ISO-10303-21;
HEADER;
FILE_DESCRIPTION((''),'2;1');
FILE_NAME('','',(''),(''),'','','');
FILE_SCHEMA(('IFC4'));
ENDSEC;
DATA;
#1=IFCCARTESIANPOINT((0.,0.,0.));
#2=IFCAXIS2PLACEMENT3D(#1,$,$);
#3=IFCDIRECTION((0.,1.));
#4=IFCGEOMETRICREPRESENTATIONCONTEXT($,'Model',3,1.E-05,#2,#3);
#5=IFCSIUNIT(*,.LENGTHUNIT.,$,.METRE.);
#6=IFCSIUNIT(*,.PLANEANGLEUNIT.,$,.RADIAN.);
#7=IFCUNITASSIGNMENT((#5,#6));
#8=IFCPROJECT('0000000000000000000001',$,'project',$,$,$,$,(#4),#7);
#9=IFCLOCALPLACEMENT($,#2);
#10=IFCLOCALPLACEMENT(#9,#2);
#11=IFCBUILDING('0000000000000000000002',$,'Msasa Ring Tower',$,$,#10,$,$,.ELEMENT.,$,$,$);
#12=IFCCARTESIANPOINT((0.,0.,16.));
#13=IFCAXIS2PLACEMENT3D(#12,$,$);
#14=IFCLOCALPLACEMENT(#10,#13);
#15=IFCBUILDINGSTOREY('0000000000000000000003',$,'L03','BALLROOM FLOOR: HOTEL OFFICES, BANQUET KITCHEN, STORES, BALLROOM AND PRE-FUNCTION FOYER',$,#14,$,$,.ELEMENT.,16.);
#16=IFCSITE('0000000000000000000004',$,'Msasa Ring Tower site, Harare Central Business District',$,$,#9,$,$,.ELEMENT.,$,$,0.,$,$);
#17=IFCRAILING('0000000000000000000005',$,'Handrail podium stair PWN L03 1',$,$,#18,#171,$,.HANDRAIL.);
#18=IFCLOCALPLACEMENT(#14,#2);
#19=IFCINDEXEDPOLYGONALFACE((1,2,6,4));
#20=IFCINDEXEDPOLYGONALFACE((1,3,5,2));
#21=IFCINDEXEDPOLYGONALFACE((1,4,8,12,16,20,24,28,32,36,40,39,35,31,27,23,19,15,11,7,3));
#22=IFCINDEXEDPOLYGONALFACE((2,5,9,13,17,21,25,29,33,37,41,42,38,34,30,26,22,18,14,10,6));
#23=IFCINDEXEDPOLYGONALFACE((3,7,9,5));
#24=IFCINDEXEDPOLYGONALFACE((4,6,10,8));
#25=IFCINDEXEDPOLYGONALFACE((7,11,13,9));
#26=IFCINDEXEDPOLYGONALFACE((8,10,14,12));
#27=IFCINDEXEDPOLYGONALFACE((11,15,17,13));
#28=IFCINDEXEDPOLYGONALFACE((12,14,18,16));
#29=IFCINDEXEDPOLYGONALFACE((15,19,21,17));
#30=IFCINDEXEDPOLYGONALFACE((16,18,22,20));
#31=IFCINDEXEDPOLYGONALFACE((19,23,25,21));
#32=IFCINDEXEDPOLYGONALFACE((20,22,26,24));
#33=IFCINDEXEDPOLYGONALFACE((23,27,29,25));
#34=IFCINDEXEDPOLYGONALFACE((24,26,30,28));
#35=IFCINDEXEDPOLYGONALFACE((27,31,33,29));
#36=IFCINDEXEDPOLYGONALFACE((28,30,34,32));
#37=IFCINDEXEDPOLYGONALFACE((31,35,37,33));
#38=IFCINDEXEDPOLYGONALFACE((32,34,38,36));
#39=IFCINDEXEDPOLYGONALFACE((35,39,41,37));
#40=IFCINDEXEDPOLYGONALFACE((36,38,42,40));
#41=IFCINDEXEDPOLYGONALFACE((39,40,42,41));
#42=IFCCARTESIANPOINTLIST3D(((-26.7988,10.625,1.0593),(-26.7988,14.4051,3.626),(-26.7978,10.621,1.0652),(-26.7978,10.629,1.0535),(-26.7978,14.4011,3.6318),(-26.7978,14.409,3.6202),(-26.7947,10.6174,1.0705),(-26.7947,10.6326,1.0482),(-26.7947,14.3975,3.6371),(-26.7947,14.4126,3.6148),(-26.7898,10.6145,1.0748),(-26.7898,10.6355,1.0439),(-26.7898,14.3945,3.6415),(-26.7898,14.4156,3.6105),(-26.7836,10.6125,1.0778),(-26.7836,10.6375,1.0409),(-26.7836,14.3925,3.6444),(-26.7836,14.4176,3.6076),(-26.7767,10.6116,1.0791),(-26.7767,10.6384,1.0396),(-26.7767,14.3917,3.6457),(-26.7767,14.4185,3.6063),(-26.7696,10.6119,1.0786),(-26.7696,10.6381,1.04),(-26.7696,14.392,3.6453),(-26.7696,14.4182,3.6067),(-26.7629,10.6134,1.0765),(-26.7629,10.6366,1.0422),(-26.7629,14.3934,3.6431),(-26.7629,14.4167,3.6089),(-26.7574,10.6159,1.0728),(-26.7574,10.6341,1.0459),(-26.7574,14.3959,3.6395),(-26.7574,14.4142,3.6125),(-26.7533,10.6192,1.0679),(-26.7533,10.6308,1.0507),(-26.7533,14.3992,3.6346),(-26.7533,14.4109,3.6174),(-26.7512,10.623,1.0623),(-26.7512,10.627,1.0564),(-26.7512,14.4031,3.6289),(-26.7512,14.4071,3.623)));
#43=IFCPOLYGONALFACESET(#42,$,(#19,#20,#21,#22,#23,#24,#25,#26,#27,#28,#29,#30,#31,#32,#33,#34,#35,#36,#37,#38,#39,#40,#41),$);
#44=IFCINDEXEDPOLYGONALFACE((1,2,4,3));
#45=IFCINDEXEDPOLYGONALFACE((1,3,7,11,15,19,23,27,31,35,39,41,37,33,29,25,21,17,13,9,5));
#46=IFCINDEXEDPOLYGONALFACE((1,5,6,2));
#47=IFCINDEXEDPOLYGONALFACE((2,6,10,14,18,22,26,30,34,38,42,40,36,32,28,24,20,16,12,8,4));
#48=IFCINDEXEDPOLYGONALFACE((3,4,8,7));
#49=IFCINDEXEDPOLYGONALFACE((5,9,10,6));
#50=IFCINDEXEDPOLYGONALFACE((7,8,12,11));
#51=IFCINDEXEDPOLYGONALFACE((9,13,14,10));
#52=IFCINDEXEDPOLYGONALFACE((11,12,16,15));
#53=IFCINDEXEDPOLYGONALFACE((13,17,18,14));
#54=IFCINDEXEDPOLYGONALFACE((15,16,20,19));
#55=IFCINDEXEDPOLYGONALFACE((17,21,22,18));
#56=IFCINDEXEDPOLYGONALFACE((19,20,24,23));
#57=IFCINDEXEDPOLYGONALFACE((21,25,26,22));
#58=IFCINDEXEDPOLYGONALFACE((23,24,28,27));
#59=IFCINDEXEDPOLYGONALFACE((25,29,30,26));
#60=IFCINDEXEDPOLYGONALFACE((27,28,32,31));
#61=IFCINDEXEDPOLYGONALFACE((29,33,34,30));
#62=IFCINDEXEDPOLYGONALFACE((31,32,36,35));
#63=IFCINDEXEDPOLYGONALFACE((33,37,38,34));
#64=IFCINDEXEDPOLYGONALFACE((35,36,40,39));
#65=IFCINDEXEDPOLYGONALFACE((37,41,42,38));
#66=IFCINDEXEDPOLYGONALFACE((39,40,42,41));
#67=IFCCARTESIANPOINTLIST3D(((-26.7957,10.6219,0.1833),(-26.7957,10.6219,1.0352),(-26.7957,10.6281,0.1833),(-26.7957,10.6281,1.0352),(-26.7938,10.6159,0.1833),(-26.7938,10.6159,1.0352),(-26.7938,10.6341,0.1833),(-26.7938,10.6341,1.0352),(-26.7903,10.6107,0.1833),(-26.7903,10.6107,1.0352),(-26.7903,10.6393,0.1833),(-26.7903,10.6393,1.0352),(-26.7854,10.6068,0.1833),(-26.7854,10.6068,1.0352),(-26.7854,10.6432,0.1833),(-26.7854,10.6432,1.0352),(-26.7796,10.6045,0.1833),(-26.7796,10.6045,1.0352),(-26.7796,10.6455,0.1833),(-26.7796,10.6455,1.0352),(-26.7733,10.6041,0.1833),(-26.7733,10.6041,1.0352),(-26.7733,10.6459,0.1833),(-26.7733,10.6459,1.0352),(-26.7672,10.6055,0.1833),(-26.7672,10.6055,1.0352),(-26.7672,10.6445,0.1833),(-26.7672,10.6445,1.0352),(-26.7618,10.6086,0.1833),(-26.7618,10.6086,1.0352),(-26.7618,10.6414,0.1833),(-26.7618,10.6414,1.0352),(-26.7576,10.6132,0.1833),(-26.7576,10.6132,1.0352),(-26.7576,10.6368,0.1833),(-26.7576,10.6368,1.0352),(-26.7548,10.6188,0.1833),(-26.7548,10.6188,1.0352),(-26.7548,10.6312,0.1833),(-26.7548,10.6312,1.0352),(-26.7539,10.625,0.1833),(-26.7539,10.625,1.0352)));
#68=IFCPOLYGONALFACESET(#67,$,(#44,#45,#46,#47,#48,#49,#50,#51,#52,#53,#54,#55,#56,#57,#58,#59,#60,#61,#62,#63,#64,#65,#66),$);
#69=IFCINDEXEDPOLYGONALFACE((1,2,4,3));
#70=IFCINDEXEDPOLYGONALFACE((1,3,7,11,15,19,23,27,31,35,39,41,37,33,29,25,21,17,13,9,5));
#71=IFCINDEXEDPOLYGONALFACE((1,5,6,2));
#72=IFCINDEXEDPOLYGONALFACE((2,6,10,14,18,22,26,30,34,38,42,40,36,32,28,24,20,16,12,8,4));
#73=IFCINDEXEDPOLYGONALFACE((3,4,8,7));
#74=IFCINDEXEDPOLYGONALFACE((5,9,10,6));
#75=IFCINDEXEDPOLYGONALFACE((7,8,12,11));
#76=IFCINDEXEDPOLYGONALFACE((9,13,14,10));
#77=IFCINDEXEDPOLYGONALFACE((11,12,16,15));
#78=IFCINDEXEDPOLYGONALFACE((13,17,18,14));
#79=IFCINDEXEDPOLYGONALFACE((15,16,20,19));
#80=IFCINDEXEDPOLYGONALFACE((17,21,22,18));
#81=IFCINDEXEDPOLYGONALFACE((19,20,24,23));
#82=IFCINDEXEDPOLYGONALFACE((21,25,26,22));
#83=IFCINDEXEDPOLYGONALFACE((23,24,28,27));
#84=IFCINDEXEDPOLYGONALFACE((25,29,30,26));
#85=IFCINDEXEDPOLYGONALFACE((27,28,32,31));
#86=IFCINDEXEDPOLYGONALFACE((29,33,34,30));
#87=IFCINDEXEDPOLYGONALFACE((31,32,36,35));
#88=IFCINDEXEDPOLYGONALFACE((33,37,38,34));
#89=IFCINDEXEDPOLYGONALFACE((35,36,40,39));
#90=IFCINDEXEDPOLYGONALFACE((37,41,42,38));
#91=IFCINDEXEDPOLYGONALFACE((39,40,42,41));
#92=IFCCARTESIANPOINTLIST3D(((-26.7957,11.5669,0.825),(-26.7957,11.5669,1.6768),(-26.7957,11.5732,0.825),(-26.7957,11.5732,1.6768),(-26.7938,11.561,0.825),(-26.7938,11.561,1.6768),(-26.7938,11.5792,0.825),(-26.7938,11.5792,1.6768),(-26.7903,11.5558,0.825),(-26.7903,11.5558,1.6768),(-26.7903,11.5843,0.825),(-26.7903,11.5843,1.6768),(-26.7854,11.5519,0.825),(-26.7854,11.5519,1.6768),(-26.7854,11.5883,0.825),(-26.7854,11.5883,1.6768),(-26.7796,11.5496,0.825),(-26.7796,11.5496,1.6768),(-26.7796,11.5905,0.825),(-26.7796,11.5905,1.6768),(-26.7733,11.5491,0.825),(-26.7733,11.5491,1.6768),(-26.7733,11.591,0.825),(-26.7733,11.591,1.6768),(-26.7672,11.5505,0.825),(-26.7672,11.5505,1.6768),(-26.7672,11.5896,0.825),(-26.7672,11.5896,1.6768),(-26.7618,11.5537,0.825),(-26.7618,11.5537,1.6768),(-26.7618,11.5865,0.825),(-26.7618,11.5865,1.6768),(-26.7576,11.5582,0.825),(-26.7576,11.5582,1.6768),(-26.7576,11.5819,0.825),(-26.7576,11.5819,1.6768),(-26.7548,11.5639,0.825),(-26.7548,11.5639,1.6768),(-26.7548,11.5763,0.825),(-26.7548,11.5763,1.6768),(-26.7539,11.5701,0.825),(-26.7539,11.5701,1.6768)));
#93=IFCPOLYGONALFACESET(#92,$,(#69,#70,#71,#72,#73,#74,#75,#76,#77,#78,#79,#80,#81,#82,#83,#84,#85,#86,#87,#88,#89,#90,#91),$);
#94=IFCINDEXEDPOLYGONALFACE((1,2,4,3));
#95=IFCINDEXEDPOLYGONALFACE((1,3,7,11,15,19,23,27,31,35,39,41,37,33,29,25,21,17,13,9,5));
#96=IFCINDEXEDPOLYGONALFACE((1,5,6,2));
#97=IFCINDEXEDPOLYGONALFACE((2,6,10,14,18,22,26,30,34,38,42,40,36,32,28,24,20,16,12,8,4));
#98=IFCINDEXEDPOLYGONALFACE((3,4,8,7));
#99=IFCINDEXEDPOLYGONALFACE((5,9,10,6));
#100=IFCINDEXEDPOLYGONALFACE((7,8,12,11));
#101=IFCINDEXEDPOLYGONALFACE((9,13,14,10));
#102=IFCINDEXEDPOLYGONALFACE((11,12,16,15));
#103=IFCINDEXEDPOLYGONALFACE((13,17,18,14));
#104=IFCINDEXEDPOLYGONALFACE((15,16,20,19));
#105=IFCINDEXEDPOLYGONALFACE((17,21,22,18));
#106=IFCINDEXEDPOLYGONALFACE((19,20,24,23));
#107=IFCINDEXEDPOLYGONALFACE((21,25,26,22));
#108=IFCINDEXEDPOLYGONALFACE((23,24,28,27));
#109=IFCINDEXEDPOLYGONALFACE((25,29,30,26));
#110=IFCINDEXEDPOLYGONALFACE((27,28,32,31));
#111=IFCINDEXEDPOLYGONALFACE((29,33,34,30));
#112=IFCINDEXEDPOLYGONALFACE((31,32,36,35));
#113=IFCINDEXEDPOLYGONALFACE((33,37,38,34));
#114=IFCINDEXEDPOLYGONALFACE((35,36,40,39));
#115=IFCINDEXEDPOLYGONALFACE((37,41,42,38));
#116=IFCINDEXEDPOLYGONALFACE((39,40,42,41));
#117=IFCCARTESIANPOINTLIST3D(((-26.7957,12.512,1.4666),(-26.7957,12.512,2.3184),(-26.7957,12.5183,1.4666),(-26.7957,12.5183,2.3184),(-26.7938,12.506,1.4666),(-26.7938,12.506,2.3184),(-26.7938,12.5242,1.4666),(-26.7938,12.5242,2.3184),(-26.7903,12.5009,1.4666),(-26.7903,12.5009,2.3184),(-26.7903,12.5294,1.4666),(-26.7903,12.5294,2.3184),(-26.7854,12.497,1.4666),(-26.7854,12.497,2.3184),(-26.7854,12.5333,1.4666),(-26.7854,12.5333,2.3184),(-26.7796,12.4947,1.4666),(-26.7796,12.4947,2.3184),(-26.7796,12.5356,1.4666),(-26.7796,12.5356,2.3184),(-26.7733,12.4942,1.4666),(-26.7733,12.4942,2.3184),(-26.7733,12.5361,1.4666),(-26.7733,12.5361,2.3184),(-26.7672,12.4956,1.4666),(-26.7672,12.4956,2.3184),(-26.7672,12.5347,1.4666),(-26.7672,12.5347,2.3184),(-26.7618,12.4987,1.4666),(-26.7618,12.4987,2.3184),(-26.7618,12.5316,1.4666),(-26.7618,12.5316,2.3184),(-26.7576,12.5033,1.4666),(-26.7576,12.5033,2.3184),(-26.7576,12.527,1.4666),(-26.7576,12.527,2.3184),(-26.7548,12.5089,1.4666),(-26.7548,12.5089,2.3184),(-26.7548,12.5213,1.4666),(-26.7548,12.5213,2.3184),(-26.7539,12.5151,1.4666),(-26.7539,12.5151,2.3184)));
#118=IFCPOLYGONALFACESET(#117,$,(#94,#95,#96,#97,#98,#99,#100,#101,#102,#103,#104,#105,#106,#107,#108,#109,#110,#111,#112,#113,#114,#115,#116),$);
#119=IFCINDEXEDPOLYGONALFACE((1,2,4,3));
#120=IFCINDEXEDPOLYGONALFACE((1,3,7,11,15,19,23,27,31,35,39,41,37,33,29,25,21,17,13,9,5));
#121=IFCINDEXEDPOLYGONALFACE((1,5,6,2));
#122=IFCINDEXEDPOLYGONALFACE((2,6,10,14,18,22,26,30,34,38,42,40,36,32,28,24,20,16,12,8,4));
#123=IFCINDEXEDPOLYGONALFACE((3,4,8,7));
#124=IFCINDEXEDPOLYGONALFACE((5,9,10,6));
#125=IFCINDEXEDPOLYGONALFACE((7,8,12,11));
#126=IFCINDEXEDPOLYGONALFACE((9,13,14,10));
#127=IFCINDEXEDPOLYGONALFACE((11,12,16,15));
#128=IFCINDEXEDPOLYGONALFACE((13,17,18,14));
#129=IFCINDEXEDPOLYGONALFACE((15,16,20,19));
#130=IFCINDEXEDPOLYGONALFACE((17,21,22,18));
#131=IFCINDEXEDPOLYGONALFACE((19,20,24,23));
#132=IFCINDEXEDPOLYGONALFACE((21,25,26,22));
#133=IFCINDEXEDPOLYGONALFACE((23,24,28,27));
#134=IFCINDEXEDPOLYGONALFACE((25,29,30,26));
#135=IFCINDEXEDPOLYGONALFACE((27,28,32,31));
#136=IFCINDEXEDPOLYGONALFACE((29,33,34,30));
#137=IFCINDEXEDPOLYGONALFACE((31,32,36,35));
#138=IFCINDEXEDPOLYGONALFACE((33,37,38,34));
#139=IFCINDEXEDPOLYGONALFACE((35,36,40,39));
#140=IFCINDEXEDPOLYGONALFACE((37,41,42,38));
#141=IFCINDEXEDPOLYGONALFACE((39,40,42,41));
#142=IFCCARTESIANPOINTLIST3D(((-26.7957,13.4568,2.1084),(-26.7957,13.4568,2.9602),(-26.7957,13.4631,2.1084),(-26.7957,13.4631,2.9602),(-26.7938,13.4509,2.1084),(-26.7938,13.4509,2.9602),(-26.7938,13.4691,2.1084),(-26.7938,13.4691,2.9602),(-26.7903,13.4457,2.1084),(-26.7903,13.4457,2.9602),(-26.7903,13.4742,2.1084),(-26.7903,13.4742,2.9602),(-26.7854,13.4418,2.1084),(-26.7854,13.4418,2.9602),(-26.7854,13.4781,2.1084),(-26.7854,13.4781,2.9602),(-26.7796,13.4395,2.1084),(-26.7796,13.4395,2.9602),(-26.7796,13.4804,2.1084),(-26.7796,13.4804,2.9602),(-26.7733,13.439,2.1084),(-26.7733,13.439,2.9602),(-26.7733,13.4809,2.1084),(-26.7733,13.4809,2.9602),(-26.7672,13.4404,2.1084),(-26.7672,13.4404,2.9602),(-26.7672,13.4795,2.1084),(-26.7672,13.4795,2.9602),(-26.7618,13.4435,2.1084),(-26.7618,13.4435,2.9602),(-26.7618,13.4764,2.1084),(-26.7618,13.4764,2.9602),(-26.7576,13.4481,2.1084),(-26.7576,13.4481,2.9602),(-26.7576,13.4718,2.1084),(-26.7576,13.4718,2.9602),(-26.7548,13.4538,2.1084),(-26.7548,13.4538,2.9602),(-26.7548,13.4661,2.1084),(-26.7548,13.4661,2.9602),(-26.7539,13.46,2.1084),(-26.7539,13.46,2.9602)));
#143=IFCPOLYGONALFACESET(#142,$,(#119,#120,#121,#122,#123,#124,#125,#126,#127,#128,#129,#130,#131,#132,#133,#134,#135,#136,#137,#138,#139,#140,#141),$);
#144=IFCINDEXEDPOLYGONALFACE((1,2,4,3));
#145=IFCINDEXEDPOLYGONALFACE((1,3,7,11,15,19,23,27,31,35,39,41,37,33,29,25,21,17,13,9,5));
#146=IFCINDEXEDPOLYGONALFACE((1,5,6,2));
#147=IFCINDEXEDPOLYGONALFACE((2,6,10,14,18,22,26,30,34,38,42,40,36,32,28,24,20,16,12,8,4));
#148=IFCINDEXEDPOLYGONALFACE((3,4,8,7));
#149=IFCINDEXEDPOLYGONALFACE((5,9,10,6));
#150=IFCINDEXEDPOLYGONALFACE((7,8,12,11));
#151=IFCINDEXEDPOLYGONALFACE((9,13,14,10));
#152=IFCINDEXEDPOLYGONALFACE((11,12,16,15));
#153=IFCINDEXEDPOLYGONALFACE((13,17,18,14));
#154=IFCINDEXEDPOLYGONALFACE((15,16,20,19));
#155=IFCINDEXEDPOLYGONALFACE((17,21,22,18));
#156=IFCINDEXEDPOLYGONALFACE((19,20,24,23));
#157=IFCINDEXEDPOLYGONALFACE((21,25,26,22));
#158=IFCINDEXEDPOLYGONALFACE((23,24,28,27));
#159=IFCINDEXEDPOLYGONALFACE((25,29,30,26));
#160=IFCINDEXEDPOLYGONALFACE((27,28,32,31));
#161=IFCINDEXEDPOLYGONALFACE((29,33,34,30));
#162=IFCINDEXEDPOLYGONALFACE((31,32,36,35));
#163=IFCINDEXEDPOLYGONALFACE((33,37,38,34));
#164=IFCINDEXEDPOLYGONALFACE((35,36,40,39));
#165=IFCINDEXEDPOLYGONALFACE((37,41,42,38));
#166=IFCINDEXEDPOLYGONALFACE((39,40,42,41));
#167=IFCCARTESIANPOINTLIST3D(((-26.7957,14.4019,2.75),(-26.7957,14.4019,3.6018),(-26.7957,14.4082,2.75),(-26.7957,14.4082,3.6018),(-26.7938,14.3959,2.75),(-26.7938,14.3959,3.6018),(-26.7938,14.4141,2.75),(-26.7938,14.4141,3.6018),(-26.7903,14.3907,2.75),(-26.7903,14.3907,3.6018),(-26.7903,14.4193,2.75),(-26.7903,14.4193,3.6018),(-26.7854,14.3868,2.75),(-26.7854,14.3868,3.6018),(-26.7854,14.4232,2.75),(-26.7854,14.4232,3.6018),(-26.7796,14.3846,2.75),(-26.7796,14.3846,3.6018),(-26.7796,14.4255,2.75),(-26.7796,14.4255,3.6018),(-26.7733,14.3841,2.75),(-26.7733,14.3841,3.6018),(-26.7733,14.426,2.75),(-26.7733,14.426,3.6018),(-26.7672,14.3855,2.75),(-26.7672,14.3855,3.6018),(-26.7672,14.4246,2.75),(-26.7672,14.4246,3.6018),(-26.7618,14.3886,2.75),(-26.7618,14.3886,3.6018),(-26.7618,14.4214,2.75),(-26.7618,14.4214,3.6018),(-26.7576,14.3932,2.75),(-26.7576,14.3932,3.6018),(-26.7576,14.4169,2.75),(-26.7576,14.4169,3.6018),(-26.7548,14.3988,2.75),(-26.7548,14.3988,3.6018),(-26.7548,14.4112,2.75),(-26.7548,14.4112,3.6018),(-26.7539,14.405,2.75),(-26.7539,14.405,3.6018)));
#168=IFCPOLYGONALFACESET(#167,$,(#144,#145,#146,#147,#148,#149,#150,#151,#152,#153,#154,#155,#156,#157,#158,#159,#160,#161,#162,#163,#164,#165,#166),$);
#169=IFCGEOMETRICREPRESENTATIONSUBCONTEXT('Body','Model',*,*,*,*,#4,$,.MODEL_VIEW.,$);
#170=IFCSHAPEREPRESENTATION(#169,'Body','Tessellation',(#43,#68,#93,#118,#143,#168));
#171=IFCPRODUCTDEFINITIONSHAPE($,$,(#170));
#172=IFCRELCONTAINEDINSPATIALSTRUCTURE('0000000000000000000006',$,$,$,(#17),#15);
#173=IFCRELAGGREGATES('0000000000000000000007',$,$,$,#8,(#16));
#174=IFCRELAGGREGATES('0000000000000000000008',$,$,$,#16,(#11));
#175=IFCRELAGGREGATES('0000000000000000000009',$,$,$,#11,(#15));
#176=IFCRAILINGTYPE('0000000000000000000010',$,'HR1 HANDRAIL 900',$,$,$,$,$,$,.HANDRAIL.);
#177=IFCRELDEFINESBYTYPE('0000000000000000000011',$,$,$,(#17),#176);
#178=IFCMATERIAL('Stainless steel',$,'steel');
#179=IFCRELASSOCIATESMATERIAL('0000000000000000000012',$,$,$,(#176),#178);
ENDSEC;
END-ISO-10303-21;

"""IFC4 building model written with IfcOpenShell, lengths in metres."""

from ifc_helpers import new_model, si_unit, direction, frame, origin, origin_2d, place, context, subcontext, project, spatial, circle, extrude, material, type_object, element, save


model = new_model("IFC4")

# Units and contexts
model_context = context("Model", 3, precision=1e-05, world=origin(), true_north=direction((0.0, 1.0)))
body_context = subcontext(model_context, "Body", "Model", "MODEL_VIEW")
ifc_project = project(units=[si_unit("LENGTHUNIT", "METRE"), si_unit("PLANEANGLEUNIT", "RADIAN")], contexts=[model_context])

# Site, building, storey
site_placement = place(None, origin())
site = spatial("IfcSite", under=ifc_project, at=site_placement, Name="Msasa Ring Tower site, Harare Central Business District", CompositionType="ELEMENT", RefElevation=0.0)
building_placement = place(site_placement, origin())
building = spatial("IfcBuilding", under=site, at=building_placement, Name="Msasa Ring Tower", CompositionType="ELEMENT")
storey_placement = place(building_placement, frame((0.0, 0.0, 16.0)))
storey = spatial("IfcBuildingStorey", under=building, at=storey_placement, Name="L03", Description="BALLROOM FLOOR: HOTEL OFFICES, BANQUET KITCHEN, STORES, BALLROOM AND PRE-FUNCTION FOYER", CompositionType="ELEMENT", Elevation=16.0)

# Railing
ifc_material_1 = material(Name="Stainless steel", Category="steel")
railing_type = type_object("IfcRailingType", Name="HR1 HANDRAIL 900", PredefinedType="HANDRAIL", material=ifc_material_1)
for number, where, name in (
    (1, (-26.7749, 10.625, 0.1833), "Handrail podium stair PWN L03 1"),
):
    element("IfcRailing", number, at=place(storey_placement, frame(where)), inside=storey, type_object=railing_type, Name=name, PredefinedType="HANDRAIL", context=body_context, shape_type="SweptSolid", body=[
        extrude(circle(Radius=0.0239, at=origin_2d()), frame((0.0, 0.0, 0.876), z_axis=(0.0, 0.82731, 0.561746), x_axis=(-1.0, 0.0, 0.0)), (0.0, 0.0, 1.0), 4.5691),
        extrude(circle(Radius=0.021, at=origin_2d()), origin(), (0.0, 0.0, 1.0), 0.8518),
        extrude(circle(Radius=0.021, at=origin_2d()), frame((0.0, 0.9451, 0.6416)), (0.0, 0.0, 1.0), 0.8518),
        extrude(circle(Radius=0.021, at=origin_2d()), frame((0.0, 1.8901, 1.2832)), (0.0, 0.0, 1.0), 0.8518),
        extrude(circle(Radius=0.021, at=origin_2d()), frame((0.0, 2.835, 1.925)), (0.0, 0.0, 1.0), 0.8518),
        extrude(circle(Radius=0.021, at=origin_2d()), frame((0.0, 3.78, 2.5667)), (0.0, 0.0, 1.0), 0.8518),
    ])

save(model, "model.ifc")
